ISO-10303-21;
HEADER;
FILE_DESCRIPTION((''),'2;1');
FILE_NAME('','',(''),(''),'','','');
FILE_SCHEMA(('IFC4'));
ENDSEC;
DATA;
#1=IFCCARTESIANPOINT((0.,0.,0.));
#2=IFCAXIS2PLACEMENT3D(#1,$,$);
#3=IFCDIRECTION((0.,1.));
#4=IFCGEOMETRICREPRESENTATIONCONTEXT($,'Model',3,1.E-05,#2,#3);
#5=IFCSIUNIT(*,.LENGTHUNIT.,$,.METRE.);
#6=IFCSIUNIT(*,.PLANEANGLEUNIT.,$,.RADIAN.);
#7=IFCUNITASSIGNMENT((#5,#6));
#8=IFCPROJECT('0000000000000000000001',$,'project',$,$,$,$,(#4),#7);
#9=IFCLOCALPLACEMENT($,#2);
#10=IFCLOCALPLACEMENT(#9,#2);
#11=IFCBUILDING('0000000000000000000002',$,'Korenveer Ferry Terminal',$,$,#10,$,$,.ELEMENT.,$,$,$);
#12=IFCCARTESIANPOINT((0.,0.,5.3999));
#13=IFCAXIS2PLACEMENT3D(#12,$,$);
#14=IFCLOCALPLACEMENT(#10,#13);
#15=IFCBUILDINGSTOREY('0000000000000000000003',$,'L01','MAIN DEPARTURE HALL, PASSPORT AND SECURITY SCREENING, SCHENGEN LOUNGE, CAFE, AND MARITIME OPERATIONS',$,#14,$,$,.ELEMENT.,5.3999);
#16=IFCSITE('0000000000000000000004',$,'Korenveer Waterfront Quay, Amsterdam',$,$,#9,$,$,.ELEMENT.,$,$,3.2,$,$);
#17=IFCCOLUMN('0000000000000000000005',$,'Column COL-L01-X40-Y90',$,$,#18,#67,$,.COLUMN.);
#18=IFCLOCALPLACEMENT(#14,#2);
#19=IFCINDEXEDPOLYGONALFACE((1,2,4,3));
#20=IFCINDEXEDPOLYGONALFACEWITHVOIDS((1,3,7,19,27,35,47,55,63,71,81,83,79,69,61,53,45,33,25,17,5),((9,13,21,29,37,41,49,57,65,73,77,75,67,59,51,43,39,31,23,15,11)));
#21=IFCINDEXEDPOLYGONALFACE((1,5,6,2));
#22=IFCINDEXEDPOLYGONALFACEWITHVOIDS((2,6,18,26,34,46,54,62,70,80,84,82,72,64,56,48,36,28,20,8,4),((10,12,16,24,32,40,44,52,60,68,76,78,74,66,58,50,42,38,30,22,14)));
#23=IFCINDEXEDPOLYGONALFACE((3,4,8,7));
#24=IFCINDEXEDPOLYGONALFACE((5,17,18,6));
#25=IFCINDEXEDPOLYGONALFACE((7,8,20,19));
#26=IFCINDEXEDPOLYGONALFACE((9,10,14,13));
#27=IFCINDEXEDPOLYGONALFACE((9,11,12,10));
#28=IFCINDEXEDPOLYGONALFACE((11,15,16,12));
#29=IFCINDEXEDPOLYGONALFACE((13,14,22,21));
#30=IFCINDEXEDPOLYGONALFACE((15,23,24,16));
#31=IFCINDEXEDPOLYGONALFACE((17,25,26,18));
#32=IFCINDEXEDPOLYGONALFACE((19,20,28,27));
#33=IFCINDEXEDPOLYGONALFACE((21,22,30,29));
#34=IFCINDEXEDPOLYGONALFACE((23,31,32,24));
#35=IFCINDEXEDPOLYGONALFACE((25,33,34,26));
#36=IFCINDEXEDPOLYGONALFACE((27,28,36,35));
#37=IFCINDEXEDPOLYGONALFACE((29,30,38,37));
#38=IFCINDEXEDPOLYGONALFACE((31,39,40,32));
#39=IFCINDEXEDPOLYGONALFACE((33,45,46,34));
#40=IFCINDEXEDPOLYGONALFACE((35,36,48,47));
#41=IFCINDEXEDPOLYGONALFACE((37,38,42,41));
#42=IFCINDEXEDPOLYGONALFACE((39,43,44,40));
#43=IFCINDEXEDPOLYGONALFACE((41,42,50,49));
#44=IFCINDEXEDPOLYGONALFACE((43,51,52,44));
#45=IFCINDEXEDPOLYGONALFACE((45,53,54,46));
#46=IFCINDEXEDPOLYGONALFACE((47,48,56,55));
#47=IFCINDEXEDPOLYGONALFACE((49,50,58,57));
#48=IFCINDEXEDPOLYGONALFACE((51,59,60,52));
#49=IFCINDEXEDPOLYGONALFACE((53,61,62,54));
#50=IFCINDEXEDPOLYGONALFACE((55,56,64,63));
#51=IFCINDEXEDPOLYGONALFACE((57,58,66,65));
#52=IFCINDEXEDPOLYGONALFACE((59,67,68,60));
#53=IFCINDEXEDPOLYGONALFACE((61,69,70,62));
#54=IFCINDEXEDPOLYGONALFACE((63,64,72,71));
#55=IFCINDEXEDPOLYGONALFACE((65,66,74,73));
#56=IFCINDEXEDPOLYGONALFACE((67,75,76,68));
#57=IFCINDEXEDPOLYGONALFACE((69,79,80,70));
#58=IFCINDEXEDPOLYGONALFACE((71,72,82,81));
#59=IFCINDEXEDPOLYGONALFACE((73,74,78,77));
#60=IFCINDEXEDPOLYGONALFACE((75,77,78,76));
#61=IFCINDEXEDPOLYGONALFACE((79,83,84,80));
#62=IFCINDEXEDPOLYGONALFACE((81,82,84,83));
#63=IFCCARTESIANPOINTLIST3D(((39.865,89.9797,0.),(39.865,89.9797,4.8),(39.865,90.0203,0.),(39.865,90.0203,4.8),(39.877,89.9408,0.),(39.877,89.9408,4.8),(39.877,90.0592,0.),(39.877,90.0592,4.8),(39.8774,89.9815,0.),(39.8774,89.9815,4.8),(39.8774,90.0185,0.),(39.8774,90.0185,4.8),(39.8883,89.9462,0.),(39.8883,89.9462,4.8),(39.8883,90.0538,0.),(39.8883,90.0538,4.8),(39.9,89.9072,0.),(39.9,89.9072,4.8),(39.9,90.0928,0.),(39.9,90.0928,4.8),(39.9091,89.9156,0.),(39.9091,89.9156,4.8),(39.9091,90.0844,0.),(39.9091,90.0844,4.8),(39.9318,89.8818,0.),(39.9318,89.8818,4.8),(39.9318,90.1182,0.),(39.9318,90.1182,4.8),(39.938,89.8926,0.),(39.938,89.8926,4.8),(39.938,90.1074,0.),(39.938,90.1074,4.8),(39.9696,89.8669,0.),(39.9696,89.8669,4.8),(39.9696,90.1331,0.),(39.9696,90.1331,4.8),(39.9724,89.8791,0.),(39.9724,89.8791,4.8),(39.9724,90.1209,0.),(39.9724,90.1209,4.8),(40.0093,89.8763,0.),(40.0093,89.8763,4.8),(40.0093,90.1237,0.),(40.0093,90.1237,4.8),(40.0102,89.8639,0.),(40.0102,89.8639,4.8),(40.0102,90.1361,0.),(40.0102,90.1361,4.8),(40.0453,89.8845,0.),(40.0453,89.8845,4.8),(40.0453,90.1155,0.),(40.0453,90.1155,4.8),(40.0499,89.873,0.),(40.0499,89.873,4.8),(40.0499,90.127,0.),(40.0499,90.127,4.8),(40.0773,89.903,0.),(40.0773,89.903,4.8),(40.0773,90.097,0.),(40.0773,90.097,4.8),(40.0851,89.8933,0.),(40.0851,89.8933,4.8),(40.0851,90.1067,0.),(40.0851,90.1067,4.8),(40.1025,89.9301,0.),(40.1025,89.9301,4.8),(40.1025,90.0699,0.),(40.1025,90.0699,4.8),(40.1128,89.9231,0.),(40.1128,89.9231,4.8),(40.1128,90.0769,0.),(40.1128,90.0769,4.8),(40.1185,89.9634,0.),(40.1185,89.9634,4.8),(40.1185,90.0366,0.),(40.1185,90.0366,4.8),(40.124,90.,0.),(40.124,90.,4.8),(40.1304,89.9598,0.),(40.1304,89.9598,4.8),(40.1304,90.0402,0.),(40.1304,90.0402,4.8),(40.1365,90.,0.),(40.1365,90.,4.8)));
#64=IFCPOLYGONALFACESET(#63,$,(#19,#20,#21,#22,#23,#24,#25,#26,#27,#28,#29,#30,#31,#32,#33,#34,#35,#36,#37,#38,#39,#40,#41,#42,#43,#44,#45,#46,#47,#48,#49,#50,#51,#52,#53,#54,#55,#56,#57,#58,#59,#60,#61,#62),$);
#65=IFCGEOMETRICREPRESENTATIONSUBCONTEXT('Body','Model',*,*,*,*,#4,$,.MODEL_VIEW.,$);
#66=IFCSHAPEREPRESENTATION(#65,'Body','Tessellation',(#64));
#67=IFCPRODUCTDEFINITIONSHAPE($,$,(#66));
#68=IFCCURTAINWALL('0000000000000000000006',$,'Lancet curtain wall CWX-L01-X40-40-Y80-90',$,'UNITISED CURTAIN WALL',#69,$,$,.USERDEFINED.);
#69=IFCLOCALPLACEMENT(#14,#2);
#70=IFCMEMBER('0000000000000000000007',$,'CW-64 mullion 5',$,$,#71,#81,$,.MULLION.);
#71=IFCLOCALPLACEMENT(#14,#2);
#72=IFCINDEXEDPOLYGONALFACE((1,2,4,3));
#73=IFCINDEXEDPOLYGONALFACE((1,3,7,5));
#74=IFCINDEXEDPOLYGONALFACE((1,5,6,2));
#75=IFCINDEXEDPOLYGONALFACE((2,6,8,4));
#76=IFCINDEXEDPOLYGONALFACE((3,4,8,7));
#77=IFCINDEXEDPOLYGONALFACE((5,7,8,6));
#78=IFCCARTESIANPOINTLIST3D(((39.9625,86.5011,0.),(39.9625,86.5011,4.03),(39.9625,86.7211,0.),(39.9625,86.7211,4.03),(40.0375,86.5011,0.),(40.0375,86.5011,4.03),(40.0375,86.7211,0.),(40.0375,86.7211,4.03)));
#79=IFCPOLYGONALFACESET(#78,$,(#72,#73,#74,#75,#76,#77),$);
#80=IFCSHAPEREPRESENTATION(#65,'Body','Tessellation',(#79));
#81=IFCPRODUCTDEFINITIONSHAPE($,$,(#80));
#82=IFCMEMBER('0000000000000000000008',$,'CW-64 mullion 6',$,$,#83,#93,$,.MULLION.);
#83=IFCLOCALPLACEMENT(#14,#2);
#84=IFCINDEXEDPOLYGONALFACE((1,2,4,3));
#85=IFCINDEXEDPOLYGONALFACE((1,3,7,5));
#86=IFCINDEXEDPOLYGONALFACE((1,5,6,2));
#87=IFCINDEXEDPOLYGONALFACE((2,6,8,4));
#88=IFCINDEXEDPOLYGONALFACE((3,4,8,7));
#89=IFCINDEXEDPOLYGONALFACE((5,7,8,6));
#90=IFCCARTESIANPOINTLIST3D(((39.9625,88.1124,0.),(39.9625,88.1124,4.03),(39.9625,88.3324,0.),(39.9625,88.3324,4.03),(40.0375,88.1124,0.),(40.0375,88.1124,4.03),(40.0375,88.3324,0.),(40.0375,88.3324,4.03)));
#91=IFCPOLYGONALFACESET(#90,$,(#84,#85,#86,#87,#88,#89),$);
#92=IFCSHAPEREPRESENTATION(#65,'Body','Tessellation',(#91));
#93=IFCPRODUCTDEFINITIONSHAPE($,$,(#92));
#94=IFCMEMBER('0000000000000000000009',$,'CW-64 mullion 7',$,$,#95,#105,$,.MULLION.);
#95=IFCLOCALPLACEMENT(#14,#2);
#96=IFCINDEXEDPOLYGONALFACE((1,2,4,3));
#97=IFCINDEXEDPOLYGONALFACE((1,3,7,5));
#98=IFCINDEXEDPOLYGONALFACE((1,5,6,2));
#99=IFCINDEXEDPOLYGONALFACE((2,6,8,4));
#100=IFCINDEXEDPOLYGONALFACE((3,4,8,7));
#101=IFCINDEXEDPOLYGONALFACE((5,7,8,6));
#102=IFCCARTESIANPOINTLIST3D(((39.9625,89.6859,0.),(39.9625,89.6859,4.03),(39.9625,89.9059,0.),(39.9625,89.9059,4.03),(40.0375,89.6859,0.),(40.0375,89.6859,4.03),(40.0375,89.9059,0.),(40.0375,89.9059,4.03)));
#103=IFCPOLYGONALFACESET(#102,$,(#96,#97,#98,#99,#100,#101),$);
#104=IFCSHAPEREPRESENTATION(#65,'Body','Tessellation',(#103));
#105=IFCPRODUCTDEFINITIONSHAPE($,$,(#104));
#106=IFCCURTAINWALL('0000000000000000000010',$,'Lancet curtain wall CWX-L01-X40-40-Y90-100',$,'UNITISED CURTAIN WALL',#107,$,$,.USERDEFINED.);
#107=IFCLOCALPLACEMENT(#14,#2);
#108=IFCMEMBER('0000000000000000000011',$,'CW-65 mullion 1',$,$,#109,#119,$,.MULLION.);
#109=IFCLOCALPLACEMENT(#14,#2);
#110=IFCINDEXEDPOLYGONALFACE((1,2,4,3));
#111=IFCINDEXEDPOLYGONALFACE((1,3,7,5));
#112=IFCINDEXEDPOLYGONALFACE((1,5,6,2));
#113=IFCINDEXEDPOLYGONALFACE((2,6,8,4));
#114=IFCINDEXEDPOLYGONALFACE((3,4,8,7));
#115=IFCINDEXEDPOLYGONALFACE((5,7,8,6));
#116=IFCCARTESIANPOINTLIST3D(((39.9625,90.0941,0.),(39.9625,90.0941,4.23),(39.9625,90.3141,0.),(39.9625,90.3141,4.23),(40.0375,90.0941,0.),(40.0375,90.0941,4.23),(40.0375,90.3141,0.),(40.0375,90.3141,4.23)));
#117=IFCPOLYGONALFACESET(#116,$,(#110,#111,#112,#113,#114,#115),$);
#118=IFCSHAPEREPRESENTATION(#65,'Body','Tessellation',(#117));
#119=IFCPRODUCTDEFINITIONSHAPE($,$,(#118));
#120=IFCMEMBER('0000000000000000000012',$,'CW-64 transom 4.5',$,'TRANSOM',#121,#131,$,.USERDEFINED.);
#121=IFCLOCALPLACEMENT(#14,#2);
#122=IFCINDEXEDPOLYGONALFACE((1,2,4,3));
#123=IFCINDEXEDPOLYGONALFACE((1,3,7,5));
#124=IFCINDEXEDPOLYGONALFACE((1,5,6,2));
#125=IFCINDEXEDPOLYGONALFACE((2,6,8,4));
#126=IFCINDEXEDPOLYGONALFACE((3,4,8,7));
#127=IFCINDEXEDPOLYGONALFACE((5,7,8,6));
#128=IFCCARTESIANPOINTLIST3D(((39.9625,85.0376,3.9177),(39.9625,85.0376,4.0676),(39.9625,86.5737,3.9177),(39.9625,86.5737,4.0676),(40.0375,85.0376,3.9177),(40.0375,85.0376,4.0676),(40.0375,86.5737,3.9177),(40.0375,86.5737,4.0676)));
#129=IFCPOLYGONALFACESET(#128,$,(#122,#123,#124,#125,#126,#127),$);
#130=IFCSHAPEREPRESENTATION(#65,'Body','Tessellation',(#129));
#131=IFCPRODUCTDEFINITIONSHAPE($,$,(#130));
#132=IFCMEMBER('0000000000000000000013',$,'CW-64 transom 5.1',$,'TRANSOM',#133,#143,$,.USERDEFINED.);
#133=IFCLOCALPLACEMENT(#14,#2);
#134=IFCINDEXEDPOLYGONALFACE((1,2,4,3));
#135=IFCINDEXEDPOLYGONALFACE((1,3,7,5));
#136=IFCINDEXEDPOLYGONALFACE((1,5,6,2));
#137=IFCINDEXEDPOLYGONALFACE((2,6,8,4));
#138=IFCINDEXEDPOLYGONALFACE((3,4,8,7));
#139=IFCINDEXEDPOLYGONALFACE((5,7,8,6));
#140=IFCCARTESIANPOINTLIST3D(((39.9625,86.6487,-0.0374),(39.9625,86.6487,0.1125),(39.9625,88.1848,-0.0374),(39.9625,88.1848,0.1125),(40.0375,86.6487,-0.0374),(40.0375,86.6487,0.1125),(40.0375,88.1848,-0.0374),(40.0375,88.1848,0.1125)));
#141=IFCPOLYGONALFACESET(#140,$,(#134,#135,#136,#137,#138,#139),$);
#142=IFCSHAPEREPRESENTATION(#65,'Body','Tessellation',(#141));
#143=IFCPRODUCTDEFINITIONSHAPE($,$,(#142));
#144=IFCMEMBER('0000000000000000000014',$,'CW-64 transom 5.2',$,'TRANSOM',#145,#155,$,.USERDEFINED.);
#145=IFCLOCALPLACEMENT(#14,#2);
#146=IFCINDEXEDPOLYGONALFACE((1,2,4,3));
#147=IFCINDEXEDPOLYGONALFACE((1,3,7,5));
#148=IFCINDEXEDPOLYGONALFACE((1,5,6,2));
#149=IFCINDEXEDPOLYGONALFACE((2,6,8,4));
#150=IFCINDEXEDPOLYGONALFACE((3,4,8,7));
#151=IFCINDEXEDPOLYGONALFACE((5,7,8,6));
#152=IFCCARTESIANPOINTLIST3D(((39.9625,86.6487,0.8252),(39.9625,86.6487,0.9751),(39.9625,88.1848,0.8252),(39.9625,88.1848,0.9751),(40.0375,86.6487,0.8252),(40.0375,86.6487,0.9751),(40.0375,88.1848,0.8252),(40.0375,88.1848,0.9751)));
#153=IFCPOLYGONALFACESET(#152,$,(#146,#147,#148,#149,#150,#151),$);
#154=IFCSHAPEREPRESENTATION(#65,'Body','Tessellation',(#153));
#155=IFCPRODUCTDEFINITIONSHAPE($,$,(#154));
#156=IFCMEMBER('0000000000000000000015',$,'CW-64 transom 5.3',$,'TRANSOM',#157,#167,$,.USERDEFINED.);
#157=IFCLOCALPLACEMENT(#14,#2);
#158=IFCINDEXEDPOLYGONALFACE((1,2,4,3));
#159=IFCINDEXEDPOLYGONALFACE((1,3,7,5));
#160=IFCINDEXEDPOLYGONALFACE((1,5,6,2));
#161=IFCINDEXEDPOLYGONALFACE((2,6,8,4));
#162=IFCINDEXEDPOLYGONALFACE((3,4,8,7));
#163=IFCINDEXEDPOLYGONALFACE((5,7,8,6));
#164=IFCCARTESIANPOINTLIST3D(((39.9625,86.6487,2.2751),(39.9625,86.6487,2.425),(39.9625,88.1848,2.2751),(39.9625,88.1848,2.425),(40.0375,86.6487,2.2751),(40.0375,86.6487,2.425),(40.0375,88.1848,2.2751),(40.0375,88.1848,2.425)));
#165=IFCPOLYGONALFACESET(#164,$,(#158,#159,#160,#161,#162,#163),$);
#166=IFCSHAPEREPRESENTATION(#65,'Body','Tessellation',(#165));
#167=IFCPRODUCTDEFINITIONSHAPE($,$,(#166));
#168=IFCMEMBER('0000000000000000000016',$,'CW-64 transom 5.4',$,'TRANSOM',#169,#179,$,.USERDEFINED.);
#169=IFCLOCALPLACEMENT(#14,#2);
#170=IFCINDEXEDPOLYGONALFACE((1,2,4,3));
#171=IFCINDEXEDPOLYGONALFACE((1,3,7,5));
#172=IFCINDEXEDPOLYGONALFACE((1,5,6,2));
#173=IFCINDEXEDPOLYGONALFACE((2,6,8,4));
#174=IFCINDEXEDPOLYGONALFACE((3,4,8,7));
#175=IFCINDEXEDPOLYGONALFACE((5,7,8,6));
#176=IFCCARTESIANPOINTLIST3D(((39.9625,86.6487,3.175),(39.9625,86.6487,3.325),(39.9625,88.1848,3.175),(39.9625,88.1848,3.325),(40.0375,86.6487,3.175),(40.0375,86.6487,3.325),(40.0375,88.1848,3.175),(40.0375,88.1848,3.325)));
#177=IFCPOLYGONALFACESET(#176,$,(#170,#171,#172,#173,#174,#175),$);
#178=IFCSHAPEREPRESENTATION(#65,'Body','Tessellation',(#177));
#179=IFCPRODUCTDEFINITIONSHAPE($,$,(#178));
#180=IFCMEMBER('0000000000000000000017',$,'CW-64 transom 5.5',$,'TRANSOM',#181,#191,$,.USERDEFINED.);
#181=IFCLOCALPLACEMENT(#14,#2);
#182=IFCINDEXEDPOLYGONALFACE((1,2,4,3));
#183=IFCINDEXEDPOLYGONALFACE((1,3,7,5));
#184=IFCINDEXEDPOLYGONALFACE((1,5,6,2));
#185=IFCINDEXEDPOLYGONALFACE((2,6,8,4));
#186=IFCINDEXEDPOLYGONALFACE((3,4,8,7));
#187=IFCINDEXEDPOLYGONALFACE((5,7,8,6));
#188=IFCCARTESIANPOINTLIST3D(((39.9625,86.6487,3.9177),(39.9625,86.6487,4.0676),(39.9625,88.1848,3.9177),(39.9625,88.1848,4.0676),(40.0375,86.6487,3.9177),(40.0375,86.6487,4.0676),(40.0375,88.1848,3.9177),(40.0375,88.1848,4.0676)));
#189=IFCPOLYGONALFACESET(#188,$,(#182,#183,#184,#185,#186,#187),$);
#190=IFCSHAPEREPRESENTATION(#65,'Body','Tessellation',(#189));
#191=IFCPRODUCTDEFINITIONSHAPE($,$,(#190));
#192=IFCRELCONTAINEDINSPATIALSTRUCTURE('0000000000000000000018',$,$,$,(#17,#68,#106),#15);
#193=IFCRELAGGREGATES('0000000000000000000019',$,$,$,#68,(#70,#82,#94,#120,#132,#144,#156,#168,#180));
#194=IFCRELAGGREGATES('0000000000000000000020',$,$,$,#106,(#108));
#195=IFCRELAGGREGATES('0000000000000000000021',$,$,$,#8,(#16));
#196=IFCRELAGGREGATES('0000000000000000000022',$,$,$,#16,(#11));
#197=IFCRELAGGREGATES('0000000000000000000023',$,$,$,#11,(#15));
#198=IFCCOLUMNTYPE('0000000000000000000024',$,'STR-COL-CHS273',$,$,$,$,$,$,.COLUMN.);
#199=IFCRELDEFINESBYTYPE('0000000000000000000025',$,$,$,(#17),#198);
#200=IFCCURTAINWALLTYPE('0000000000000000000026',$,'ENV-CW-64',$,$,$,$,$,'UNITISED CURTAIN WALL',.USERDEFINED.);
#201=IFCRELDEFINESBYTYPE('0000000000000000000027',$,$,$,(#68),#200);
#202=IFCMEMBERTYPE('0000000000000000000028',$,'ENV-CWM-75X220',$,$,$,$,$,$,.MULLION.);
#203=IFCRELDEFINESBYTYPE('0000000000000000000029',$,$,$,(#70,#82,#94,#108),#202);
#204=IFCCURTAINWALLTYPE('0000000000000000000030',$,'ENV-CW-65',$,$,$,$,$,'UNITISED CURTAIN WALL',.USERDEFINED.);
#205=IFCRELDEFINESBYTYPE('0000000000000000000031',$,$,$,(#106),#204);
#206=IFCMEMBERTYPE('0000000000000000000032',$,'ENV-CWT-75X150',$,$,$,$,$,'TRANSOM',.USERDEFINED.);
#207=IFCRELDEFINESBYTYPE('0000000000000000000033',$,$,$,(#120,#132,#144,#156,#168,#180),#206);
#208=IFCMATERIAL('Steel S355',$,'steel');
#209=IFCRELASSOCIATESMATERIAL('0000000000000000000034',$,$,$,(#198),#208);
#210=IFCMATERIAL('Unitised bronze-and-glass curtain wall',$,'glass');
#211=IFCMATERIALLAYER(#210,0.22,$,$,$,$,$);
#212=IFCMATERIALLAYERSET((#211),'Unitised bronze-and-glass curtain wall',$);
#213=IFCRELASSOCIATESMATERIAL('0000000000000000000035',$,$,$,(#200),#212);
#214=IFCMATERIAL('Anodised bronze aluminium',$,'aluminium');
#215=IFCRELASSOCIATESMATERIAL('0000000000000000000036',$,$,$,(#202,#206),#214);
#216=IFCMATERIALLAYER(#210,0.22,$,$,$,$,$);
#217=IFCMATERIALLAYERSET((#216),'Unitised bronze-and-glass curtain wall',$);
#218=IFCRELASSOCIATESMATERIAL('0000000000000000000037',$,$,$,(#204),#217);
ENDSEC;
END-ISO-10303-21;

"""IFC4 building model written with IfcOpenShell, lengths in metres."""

from ifc_helpers import new_model, si_unit, direction, frame, origin, origin_2d, place, context, subcontext, project, spatial, rectangle, hollow_circle, extrude, material, layer, layer_set, material_profile, profile_set, type_object, element, aggregate, save


model = new_model("IFC4")

# Units and contexts
model_context = context("Model", 3, precision=1e-05, world=origin(), true_north=direction((0.0, 1.0)))
body_context = subcontext(model_context, "Body", "Model", "MODEL_VIEW")
ifc_project = project(units=[si_unit("LENGTHUNIT", "METRE"), si_unit("PLANEANGLEUNIT", "RADIAN")], contexts=[model_context])

# Site, building, storey
site_placement = place(None, origin())
site = spatial("IfcSite", under=ifc_project, at=site_placement, Name="Korenveer Waterfront Quay, Amsterdam", CompositionType="ELEMENT", RefElevation=3.2)
building_placement = place(site_placement, origin())
building = spatial("IfcBuilding", under=site, at=building_placement, Name="Korenveer Ferry Terminal", CompositionType="ELEMENT")
storey_placement = place(building_placement, frame((0.0, 0.0, 5.3999)))
storey = spatial("IfcBuildingStorey", under=building, at=storey_placement, Name="L01", Description="MAIN DEPARTURE HALL, PASSPORT AND SECURITY SCREENING, SCHENGEN LOUNGE, CAFE, AND MARITIME OPERATIONS", CompositionType="ELEMENT", Elevation=5.3999)

# Column
ifc_material_1 = material(Name="Steel S355", Category="steel")
ifc_material_profile_1 = material_profile(ifc_material_1, hollow_circle(Radius=0.1365, WallThickness=0.0125, at=origin_2d()), Name="CHS 273x12.5")
ifc_profile_set_1 = profile_set([ifc_material_profile_1], Name="Steel S355")
column_type = type_object("IfcColumnType", Name="STR-COL-CHS273", PredefinedType="COLUMN", material=ifc_profile_set_1)
column_placement = place(storey_placement, frame((40.0, 90.0, 0.0), z_axis=(0.0, 0.0, 1.0), x_axis=(1.0, 0.0, 0.0)))
element("IfcColumn", 1, at=column_placement, inside=storey, type_object=column_type, Name="Column COL-L01-X40-Y90", PredefinedType="COLUMN", context=body_context, shape_type="SweptSolid", body=[
    extrude(hollow_circle(Radius=0.1365, WallThickness=0.0125, at=origin_2d()), origin(), (0.0, 0.0, 1.0), 4.8),
])

# Curtain wall, members
ifc_material_2 = material(Name="Unitised bronze-and-glass curtain wall", Category="glass")
ifc_layer_1 = layer(ifc_material_2, 0.22)
ifc_layer_set_1 = layer_set([ifc_layer_1], Name="Unitised bronze-and-glass curtain wall")
curtain_wall_type_1 = type_object("IfcCurtainWallType", Name="ENV-CW-64", ElementType="UNITISED CURTAIN WALL", PredefinedType="USERDEFINED", material=ifc_layer_set_1)
curtain_wall_1_placement = place(storey_placement, frame((40.0, 80.1665, 0.0)))
curtain_wall_1 = element("IfcCurtainWall", 2, at=curtain_wall_1_placement, inside=storey, type_object=curtain_wall_type_1, Name="Lancet curtain wall CWX-L01-X40-40-Y80-90", ObjectType="UNITISED CURTAIN WALL", PredefinedType="USERDEFINED")
ifc_material_3 = material(Name="Anodised bronze aluminium", Category="aluminium")
ifc_material_profile_2 = material_profile(ifc_material_3, rectangle(XDim=0.075, YDim=0.22, at=origin_2d()), Name="ALU 75x220")
ifc_profile_set_2 = profile_set([ifc_material_profile_2], Name="Anodised bronze aluminium")
member_type_1 = type_object("IfcMemberType", Name="ENV-CWM-75X220", PredefinedType="MULLION", material=ifc_profile_set_2)
member_1_placement = place(storey_placement, frame((40.0, 86.6111, 0.0), z_axis=(0.0, 0.0, 1.0), x_axis=(-1.0, 0.0, 0.0)))
member_1 = element("IfcMember", 3, at=member_1_placement, type_object=member_type_1, Name="CW-64 mullion 5", PredefinedType="MULLION", context=body_context, shape_type="SweptSolid", body=[
    extrude(rectangle(XDim=0.075, YDim=0.22, at=origin_2d()), origin(), (0.0, 0.0, 1.0), 4.03),
])
member_2_placement = place(storey_placement, frame((40.0, 88.2224, 0.0), z_axis=(0.0, 0.0, 1.0), x_axis=(-1.0, 0.0, 0.0)))
member_2 = element("IfcMember", 4, at=member_2_placement, type_object=member_type_1, Name="CW-64 mullion 6", PredefinedType="MULLION", context=body_context, shape_type="SweptSolid", body=[
    extrude(rectangle(XDim=0.075, YDim=0.22, at=origin_2d()), origin(), (0.0, 0.0, 1.0), 4.03),
])
member_3_placement = place(storey_placement, frame((40.0, 89.7959, 0.0), z_axis=(0.0, 0.0, 1.0), x_axis=(-1.0, 0.0, 0.0)))
member_3 = element("IfcMember", 5, at=member_3_placement, type_object=member_type_1, Name="CW-64 mullion 7", PredefinedType="MULLION", context=body_context, shape_type="SweptSolid", body=[
    extrude(rectangle(XDim=0.075, YDim=0.22, at=origin_2d()), origin(), (0.0, 0.0, 1.0), 4.03),
])

# Curtain wall, member
ifc_layer_2 = layer(ifc_material_2, 0.22)
ifc_layer_set_2 = layer_set([ifc_layer_2], Name="Unitised bronze-and-glass curtain wall")
curtain_wall_type_2 = type_object("IfcCurtainWallType", Name="ENV-CW-65", ElementType="UNITISED CURTAIN WALL", PredefinedType="USERDEFINED", material=ifc_layer_set_2)
curtain_wall_2_placement = place(storey_placement, frame((40.0, 90.1665, 0.0)))
curtain_wall_2 = element("IfcCurtainWall", 6, at=curtain_wall_2_placement, inside=storey, type_object=curtain_wall_type_2, Name="Lancet curtain wall CWX-L01-X40-40-Y90-100", ObjectType="UNITISED CURTAIN WALL", PredefinedType="USERDEFINED")
member_4_placement = place(storey_placement, frame((40.0, 90.2041, 0.0), z_axis=(0.0, 0.0, 1.0), x_axis=(-1.0, 0.0, 0.0)))
member_4 = element("IfcMember", 7, at=member_4_placement, type_object=member_type_1, Name="CW-65 mullion 1", PredefinedType="MULLION", context=body_context, shape_type="SweptSolid", body=[
    extrude(rectangle(XDim=0.075, YDim=0.22, at=origin_2d()), origin(), (0.0, 0.0, 1.0), 4.23),
])

# Members
ifc_material_profile_3 = material_profile(ifc_material_3, rectangle(XDim=0.075, YDim=0.1499, at=origin_2d()), Name="ALU 75x150")
ifc_profile_set_3 = profile_set([ifc_material_profile_3], Name="Anodised bronze aluminium")
member_type_2 = type_object("IfcMemberType", Name="ENV-CWT-75X150", ElementType="TRANSOM", PredefinedType="USERDEFINED", material=ifc_profile_set_3)
member_5_placement = place(storey_placement, frame((40.0, 85.0376, 3.9927), z_axis=(0.0, 1.0, 0.0), x_axis=(-1.0, 0.0, 0.0)))
member_5 = element("IfcMember", 8, at=member_5_placement, type_object=member_type_2, Name="CW-64 transom 4.5", ObjectType="TRANSOM", PredefinedType="USERDEFINED", context=body_context, shape_type="SweptSolid", body=[
    extrude(rectangle(XDim=0.075, YDim=0.1499, at=origin_2d()), origin(), (0.0, 0.0, 1.0), 1.5361),
])
member_6_placement = place(storey_placement, frame((40.0, 86.6487, 0.0376), z_axis=(0.0, 1.0, 0.0), x_axis=(-1.0, 0.0, 0.0)))
member_6 = element("IfcMember", 9, at=member_6_placement, type_object=member_type_2, Name="CW-64 transom 5.1", ObjectType="TRANSOM", PredefinedType="USERDEFINED", context=body_context, shape_type="SweptSolid", body=[
    extrude(rectangle(XDim=0.075, YDim=0.1499, at=origin_2d()), origin(), (0.0, 0.0, 1.0), 1.5361),
])
member_7_placement = place(storey_placement, frame((40.0, 86.6487, 0.9001), z_axis=(0.0, 1.0, 0.0), x_axis=(-1.0, 0.0, 0.0)))
member_7 = element("IfcMember", 10, at=member_7_placement, type_object=member_type_2, Name="CW-64 transom 5.2", ObjectType="TRANSOM", PredefinedType="USERDEFINED", context=body_context, shape_type="SweptSolid", body=[
    extrude(rectangle(XDim=0.075, YDim=0.1499, at=origin_2d()), origin(), (0.0, 0.0, 1.0), 1.5361),
])
member_8_placement = place(storey_placement, frame((40.0, 86.6487, 2.3501), z_axis=(0.0, 1.0, 0.0), x_axis=(-1.0, 0.0, 0.0)))
member_8 = element("IfcMember", 11, at=member_8_placement, type_object=member_type_2, Name="CW-64 transom 5.3", ObjectType="TRANSOM", PredefinedType="USERDEFINED", context=body_context, shape_type="SweptSolid", body=[
    extrude(rectangle(XDim=0.075, YDim=0.1499, at=origin_2d()), origin(), (0.0, 0.0, 1.0), 1.5361),
])
member_9_placement = place(storey_placement, frame((40.0, 86.6487, 3.25), z_axis=(0.0, 1.0, 0.0), x_axis=(-1.0, 0.0, 0.0)))
member_9 = element("IfcMember", 12, at=member_9_placement, type_object=member_type_2, Name="CW-64 transom 5.4", ObjectType="TRANSOM", PredefinedType="USERDEFINED", context=body_context, shape_type="SweptSolid", body=[
    extrude(rectangle(XDim=0.075, YDim=0.1499, at=origin_2d()), origin(), (0.0, 0.0, 1.0), 1.5361),
])
member_10_placement = place(storey_placement, frame((40.0, 86.6487, 3.9927), z_axis=(0.0, 1.0, 0.0), x_axis=(-1.0, 0.0, 0.0)))
member_10 = element("IfcMember", 13, at=member_10_placement, type_object=member_type_2, Name="CW-64 transom 5.5", ObjectType="TRANSOM", PredefinedType="USERDEFINED", context=body_context, shape_type="SweptSolid", body=[
    extrude(rectangle(XDim=0.075, YDim=0.1499, at=origin_2d()), origin(), (0.0, 0.0, 1.0), 1.5361),
])

aggregate(curtain_wall_1, [member_1, member_2, member_3, member_5, member_6, member_7, member_8, member_9, member_10])
aggregate(curtain_wall_2, [member_4])

save(model, "model.ifc")
